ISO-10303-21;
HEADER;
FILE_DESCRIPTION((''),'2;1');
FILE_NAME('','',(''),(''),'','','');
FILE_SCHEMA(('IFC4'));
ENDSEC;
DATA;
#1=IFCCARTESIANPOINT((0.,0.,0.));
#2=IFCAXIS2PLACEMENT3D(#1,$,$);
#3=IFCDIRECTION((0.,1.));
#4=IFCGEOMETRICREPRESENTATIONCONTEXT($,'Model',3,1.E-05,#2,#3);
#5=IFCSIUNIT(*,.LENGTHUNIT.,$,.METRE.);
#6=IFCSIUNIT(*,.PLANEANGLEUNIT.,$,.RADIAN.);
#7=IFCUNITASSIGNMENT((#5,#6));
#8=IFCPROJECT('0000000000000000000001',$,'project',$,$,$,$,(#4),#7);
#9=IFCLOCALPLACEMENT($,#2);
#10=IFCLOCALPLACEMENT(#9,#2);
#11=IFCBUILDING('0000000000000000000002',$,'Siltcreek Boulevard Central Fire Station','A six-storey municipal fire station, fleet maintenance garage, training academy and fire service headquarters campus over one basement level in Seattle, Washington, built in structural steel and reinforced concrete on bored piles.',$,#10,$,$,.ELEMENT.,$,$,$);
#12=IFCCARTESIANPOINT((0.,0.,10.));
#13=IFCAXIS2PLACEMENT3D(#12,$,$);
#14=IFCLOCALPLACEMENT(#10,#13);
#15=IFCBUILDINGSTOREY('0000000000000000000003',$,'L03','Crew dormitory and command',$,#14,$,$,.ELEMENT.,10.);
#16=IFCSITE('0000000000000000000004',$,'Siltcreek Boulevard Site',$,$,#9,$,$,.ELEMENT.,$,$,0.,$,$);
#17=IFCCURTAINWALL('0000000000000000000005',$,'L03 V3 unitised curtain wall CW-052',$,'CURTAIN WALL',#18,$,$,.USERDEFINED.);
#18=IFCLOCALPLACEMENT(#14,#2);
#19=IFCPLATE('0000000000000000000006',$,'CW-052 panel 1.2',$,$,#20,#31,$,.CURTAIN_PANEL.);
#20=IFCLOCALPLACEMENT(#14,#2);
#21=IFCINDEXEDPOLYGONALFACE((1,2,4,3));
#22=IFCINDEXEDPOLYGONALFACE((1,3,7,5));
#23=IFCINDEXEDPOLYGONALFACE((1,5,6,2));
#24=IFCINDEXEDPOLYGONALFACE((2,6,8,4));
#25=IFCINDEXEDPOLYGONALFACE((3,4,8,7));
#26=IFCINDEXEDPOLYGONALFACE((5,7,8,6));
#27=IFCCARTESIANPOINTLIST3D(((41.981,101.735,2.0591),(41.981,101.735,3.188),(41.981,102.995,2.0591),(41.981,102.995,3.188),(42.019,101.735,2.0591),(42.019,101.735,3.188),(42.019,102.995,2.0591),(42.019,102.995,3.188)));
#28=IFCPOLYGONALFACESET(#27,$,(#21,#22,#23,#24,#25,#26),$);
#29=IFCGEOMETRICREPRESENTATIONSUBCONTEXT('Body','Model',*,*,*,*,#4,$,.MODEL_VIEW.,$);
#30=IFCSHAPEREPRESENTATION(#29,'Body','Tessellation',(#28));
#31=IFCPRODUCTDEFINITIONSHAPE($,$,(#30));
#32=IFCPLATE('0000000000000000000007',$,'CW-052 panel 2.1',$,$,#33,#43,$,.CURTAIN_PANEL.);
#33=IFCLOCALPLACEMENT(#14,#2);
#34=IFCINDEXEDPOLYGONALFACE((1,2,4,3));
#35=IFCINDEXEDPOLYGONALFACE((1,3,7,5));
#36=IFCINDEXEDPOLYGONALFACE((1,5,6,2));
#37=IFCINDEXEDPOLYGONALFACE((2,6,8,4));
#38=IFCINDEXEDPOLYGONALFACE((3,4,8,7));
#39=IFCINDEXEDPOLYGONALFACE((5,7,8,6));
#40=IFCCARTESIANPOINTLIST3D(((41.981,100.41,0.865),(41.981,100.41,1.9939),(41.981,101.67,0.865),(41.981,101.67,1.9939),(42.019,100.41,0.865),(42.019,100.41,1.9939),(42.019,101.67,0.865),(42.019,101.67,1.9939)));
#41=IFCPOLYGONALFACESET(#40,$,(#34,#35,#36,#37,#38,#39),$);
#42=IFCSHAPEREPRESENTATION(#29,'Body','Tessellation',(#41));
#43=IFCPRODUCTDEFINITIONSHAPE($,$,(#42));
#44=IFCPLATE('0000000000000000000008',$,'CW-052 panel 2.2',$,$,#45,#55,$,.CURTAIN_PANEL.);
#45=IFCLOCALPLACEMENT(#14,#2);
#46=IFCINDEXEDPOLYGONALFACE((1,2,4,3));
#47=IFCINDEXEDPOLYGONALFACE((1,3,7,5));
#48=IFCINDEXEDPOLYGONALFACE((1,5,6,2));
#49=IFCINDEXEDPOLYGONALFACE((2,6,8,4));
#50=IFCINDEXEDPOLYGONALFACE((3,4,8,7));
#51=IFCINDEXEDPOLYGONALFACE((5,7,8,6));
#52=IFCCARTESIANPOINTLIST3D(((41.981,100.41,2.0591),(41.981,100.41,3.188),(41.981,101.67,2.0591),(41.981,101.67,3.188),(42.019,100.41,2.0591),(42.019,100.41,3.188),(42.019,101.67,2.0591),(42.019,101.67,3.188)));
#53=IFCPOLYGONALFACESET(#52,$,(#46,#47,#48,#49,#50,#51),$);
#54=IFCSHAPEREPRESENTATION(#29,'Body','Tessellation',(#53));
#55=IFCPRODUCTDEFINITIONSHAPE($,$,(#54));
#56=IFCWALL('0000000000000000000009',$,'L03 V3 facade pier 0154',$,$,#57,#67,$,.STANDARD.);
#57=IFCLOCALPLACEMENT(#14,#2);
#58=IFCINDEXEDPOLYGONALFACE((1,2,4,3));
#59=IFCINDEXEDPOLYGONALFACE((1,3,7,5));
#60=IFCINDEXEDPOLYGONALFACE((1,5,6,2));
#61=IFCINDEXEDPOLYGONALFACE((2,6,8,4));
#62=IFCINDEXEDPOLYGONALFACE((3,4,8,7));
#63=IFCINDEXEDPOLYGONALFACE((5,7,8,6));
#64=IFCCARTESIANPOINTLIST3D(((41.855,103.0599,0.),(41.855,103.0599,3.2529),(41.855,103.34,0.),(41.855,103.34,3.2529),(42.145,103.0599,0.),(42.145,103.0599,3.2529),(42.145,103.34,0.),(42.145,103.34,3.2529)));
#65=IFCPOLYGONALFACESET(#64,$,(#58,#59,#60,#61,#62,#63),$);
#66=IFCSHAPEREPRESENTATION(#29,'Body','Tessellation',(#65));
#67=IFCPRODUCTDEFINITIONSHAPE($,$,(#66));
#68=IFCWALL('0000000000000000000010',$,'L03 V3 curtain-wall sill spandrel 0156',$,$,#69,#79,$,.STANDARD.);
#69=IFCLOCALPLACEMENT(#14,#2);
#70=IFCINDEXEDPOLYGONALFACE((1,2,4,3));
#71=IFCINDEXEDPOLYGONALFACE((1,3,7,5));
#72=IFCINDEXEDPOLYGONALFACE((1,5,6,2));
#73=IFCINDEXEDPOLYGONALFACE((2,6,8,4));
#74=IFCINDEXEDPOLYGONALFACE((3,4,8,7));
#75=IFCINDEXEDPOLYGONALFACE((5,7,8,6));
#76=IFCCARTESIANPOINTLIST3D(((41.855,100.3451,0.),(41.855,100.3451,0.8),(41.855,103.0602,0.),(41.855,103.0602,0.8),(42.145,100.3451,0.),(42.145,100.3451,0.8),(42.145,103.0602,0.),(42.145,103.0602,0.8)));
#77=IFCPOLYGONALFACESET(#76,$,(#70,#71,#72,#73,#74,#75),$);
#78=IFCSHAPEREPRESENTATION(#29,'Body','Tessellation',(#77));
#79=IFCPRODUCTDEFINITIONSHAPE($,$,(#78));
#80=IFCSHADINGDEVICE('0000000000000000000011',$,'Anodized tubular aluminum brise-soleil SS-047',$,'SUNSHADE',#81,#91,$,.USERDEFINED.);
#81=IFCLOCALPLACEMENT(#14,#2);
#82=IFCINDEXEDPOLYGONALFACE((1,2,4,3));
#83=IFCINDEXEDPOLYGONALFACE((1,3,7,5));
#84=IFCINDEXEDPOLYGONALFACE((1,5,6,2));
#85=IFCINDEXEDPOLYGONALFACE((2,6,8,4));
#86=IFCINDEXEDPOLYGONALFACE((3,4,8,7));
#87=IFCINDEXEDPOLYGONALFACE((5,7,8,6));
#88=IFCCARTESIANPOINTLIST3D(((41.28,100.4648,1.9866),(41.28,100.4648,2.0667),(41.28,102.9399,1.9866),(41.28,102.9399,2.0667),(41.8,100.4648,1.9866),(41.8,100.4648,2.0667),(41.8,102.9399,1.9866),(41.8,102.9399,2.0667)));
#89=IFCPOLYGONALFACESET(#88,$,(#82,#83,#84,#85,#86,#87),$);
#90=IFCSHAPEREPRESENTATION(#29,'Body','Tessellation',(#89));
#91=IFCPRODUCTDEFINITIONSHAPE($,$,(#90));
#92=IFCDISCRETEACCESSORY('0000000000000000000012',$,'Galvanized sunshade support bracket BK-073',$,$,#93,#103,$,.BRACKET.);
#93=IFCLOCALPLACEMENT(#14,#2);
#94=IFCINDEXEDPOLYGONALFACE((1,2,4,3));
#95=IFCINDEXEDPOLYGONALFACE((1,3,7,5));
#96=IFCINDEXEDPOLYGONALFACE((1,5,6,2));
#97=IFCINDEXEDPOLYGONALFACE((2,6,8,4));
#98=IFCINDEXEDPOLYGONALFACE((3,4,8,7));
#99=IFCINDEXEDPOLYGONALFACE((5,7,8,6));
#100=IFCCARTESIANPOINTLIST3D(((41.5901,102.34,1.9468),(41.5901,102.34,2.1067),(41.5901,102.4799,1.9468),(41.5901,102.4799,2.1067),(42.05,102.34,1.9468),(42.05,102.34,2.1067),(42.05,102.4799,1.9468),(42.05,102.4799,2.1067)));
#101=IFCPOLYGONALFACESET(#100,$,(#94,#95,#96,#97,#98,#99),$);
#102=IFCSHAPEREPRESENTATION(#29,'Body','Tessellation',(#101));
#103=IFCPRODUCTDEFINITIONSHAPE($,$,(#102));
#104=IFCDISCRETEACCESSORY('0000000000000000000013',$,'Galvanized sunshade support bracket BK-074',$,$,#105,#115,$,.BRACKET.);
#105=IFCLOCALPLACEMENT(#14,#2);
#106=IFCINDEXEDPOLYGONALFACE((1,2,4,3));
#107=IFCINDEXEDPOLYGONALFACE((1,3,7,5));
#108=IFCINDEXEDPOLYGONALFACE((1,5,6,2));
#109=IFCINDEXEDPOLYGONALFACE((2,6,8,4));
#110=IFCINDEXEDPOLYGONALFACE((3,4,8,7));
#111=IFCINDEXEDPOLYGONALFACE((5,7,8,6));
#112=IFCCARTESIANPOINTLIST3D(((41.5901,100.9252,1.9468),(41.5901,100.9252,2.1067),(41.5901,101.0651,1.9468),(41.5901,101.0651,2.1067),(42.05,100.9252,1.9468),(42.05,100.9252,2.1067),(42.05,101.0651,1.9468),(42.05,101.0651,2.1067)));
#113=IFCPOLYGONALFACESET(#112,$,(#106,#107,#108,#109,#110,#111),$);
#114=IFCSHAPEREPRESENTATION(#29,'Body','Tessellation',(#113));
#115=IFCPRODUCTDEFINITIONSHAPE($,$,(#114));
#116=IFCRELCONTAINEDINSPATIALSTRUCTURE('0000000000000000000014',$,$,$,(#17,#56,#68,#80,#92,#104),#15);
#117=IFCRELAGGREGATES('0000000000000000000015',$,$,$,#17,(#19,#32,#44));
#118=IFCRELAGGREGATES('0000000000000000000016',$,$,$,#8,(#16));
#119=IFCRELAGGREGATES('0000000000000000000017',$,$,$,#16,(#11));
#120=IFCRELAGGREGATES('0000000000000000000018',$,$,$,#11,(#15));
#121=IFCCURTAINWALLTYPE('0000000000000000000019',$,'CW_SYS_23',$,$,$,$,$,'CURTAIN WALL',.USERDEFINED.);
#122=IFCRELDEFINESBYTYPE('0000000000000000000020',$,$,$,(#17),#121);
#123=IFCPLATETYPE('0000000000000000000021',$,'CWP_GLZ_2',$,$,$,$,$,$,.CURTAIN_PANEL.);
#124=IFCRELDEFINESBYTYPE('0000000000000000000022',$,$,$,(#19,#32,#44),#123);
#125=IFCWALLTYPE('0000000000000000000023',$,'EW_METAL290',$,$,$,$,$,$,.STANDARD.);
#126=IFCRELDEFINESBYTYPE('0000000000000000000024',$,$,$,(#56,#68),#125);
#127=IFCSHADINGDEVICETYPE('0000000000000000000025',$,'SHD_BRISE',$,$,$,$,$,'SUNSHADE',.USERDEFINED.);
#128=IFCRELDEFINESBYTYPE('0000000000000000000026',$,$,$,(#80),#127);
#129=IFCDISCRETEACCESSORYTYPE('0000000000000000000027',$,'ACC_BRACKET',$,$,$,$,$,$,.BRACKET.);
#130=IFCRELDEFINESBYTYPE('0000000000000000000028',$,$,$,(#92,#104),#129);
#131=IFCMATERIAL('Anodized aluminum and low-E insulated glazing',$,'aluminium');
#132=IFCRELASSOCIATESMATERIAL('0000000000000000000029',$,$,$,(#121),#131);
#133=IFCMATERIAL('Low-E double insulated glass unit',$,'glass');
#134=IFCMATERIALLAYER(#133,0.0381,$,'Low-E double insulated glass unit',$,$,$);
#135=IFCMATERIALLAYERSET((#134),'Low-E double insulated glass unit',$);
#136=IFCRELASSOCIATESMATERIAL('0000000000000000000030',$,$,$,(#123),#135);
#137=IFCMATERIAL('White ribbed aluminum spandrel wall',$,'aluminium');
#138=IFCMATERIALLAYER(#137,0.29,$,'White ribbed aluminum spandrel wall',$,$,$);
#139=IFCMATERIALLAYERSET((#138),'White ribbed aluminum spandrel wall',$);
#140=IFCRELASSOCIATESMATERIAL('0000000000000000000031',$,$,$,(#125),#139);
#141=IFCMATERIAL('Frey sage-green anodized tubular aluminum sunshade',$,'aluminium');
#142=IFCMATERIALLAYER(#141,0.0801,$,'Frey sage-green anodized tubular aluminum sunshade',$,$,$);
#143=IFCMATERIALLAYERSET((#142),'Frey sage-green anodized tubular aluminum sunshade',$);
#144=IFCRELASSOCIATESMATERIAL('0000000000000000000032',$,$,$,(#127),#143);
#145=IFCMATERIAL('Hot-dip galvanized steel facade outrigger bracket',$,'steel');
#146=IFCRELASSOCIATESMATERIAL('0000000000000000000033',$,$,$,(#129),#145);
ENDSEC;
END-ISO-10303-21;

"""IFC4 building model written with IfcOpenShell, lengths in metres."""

from ifc_helpers import new_model, si_unit, direction, frame, frame_2d, origin, origin_2d, place, context, subcontext, project, spatial, rectangle, extrude, material, layer, layer_set, type_object, element, aggregate, save


model = new_model("IFC4")

# Units and contexts
model_context = context("Model", 3, precision=1e-05, world=origin(), true_north=direction((0.0, 1.0)))
body_context = subcontext(model_context, "Body", "Model", "MODEL_VIEW")
ifc_project = project(units=[si_unit("LENGTHUNIT", "METRE"), si_unit("PLANEANGLEUNIT", "RADIAN")], contexts=[model_context])

# Site, building, storey
site_placement = place(None, origin())
site = spatial("IfcSite", under=ifc_project, at=site_placement, Name="Siltcreek Boulevard Site", CompositionType="ELEMENT", RefElevation=0.0)
building_placement = place(site_placement, origin())
building = spatial("IfcBuilding", under=site, at=building_placement, Name="Siltcreek Boulevard Central Fire Station", Description="A six-storey municipal fire station, fleet maintenance garage, training academy and fire service headquarters campus over one basement level in Seattle, Washington, built in structural steel and reinforced concrete on bored piles.", CompositionType="ELEMENT")
storey_placement = place(building_placement, frame((0.0, 0.0, 10.0)))
storey = spatial("IfcBuildingStorey", under=building, at=storey_placement, Name="L03", Description="Crew dormitory and command", CompositionType="ELEMENT", Elevation=10.0)

# Shared definitions
ifc_material_1 = material(Name="Anodized aluminum and low-E insulated glazing", Category="aluminium")

# Curtain wall
curtain_wall_type_1 = type_object("IfcCurtainWallType", Name="CW_SYS_23", ElementType="CURTAIN WALL", PredefinedType="USERDEFINED", material=ifc_material_1)
curtain_wall_1_placement = place(storey_placement, origin())
curtain_wall_1 = element("IfcCurtainWall", 1, at=curtain_wall_1_placement, inside=storey, type_object=curtain_wall_type_1, Name="L03 V3 unitised curtain wall CW-052", ObjectType="CURTAIN WALL", PredefinedType="USERDEFINED")

# Plates
ifc_material_2 = material(Name="Low-E double insulated glass unit", Category="glass")
ifc_layer_1 = layer(ifc_material_2, 0.0381, Name="Low-E double insulated glass unit")
ifc_layer_set_1 = layer_set([ifc_layer_1], Name="Low-E double insulated glass unit")
plate_type_1 = type_object("IfcPlateType", Name="CWP_GLZ_2", PredefinedType="CURTAIN_PANEL", material=ifc_layer_set_1)
plate_1_placement = place(storey_placement, frame((42.0, 102.365, 2.0591), z_axis=(0.0, 0.0, 1.0), x_axis=(0.0, -1.0, 0.0)))
plate_1 = element("IfcPlate", 2, at=plate_1_placement, type_object=plate_type_1, Name="CW-052 panel 1.2", PredefinedType="CURTAIN_PANEL", context=body_context, shape_type="SweptSolid", body=[
    extrude(rectangle(XDim=1.26, YDim=0.0381, at=origin_2d()), origin(), (0.0, 0.0, 1.0), 1.1289),
])
plate_2_placement = place(storey_placement, frame((42.0, 101.04, 0.865), z_axis=(0.0, 0.0, 1.0), x_axis=(0.0, -1.0, 0.0)))
plate_2 = element("IfcPlate", 3, at=plate_2_placement, type_object=plate_type_1, Name="CW-052 panel 2.1", PredefinedType="CURTAIN_PANEL", context=body_context, shape_type="SweptSolid", body=[
    extrude(rectangle(XDim=1.26, YDim=0.0381, at=origin_2d()), origin(), (0.0, 0.0, 1.0), 1.1289),
])
plate_3_placement = place(storey_placement, frame((42.0, 101.04, 2.0591), z_axis=(0.0, 0.0, 1.0), x_axis=(0.0, -1.0, 0.0)))
plate_3 = element("IfcPlate", 4, at=plate_3_placement, type_object=plate_type_1, Name="CW-052 panel 2.2", PredefinedType="CURTAIN_PANEL", context=body_context, shape_type="SweptSolid", body=[
    extrude(rectangle(XDim=1.26, YDim=0.0381, at=origin_2d()), origin(), (0.0, 0.0, 1.0), 1.1289),
])
aggregate(curtain_wall_1, [plate_1, plate_2, plate_3])

# Walls
ifc_material_3 = material(Name="White ribbed aluminum spandrel wall", Category="aluminium")
ifc_layer_2 = layer(ifc_material_3, 0.29, Name="White ribbed aluminum spandrel wall")
ifc_layer_set_2 = layer_set([ifc_layer_2], Name="White ribbed aluminum spandrel wall")
wall_type = type_object("IfcWallType", Name="EW_METAL290", PredefinedType="STANDARD", material=ifc_layer_set_2)
wall_1_placement = place(storey_placement, frame((42.0, 103.3401, 0.0), z_axis=(0.0, 0.0, 1.0), x_axis=(0.0, -1.0, 0.0)))
element("IfcWall", 5, at=wall_1_placement, inside=storey, type_object=wall_type, Name="L03 V3 facade pier 0154", PredefinedType="STANDARD", context=body_context, shape_type="SweptSolid", body=[
    extrude(rectangle(XDim=0.28, YDim=0.29, at=frame_2d((0.1401, 0.0))), origin(), (0.0, 0.0, 1.0), 3.2529),
])
wall_2_placement = place(storey_placement, frame((42.0, 103.0601, 0.0), z_axis=(0.0, 0.0, 1.0), x_axis=(0.0, -1.0, 0.0)))
element("IfcWall", 6, at=wall_2_placement, inside=storey, type_object=wall_type, Name="L03 V3 curtain-wall sill spandrel 0156", PredefinedType="STANDARD", context=body_context, shape_type="SweptSolid", body=[
    extrude(rectangle(XDim=2.7151, YDim=0.29, at=frame_2d((1.3574, 0.0))), origin(), (0.0, 0.0, 1.0), 0.8),
])

# Shading device
ifc_material_4 = material(Name="Frey sage-green anodized tubular aluminum sunshade", Category="aluminium")
ifc_layer_3 = layer(ifc_material_4, 0.0801, Name="Frey sage-green anodized tubular aluminum sunshade")
ifc_layer_set_3 = layer_set([ifc_layer_3], Name="Frey sage-green anodized tubular aluminum sunshade")
shading_device_type = type_object("IfcShadingDeviceType", Name="SHD_BRISE", ElementType="SUNSHADE", PredefinedType="USERDEFINED", material=ifc_layer_set_3)
shading_device_placement = place(storey_placement, frame((41.54, 101.7024, 1.9866), z_axis=(0.0, 0.0, 1.0), x_axis=(0.0, -1.0, 0.0)))
element("IfcShadingDevice", 7, at=shading_device_placement, inside=storey, type_object=shading_device_type, Name="Anodized tubular aluminum brise-soleil SS-047", ObjectType="SUNSHADE", PredefinedType="USERDEFINED", context=body_context, shape_type="SweptSolid", body=[
    extrude(rectangle(XDim=2.4751, YDim=0.52, at=origin_2d()), origin(), (0.0, 0.0, 1.0), 0.0801),
])

# Discrete accessories
ifc_material_5 = material(Name="Hot-dip galvanized steel facade outrigger bracket", Category="steel")
discrete_accessory_type = type_object("IfcDiscreteAccessoryType", Name="ACC_BRACKET", PredefinedType="BRACKET", material=ifc_material_5)
for number, where, z_axis, x_axis, name in (
    (8, (41.8201, 102.4099, 1.9468), (0.0, 0.0, 1.0), (0.0, -1.0, 0.0), "Galvanized sunshade support bracket BK-073"),
    (9, (41.8201, 100.9951, 1.9468), (0.0, 0.0, 1.0), (0.0, -1.0, 0.0), "Galvanized sunshade support bracket BK-074"),
):
    element("IfcDiscreteAccessory", number, at=place(storey_placement, frame(where, z_axis=z_axis, x_axis=x_axis)), inside=storey, type_object=discrete_accessory_type, Name=name, PredefinedType="BRACKET", context=body_context, shape_type="SweptSolid", body=[
        extrude(rectangle(XDim=0.1399, YDim=0.46, at=origin_2d()), origin(), (0.0, 0.0, 1.0), 0.1599),
    ])

save(model, "model.ifc")
